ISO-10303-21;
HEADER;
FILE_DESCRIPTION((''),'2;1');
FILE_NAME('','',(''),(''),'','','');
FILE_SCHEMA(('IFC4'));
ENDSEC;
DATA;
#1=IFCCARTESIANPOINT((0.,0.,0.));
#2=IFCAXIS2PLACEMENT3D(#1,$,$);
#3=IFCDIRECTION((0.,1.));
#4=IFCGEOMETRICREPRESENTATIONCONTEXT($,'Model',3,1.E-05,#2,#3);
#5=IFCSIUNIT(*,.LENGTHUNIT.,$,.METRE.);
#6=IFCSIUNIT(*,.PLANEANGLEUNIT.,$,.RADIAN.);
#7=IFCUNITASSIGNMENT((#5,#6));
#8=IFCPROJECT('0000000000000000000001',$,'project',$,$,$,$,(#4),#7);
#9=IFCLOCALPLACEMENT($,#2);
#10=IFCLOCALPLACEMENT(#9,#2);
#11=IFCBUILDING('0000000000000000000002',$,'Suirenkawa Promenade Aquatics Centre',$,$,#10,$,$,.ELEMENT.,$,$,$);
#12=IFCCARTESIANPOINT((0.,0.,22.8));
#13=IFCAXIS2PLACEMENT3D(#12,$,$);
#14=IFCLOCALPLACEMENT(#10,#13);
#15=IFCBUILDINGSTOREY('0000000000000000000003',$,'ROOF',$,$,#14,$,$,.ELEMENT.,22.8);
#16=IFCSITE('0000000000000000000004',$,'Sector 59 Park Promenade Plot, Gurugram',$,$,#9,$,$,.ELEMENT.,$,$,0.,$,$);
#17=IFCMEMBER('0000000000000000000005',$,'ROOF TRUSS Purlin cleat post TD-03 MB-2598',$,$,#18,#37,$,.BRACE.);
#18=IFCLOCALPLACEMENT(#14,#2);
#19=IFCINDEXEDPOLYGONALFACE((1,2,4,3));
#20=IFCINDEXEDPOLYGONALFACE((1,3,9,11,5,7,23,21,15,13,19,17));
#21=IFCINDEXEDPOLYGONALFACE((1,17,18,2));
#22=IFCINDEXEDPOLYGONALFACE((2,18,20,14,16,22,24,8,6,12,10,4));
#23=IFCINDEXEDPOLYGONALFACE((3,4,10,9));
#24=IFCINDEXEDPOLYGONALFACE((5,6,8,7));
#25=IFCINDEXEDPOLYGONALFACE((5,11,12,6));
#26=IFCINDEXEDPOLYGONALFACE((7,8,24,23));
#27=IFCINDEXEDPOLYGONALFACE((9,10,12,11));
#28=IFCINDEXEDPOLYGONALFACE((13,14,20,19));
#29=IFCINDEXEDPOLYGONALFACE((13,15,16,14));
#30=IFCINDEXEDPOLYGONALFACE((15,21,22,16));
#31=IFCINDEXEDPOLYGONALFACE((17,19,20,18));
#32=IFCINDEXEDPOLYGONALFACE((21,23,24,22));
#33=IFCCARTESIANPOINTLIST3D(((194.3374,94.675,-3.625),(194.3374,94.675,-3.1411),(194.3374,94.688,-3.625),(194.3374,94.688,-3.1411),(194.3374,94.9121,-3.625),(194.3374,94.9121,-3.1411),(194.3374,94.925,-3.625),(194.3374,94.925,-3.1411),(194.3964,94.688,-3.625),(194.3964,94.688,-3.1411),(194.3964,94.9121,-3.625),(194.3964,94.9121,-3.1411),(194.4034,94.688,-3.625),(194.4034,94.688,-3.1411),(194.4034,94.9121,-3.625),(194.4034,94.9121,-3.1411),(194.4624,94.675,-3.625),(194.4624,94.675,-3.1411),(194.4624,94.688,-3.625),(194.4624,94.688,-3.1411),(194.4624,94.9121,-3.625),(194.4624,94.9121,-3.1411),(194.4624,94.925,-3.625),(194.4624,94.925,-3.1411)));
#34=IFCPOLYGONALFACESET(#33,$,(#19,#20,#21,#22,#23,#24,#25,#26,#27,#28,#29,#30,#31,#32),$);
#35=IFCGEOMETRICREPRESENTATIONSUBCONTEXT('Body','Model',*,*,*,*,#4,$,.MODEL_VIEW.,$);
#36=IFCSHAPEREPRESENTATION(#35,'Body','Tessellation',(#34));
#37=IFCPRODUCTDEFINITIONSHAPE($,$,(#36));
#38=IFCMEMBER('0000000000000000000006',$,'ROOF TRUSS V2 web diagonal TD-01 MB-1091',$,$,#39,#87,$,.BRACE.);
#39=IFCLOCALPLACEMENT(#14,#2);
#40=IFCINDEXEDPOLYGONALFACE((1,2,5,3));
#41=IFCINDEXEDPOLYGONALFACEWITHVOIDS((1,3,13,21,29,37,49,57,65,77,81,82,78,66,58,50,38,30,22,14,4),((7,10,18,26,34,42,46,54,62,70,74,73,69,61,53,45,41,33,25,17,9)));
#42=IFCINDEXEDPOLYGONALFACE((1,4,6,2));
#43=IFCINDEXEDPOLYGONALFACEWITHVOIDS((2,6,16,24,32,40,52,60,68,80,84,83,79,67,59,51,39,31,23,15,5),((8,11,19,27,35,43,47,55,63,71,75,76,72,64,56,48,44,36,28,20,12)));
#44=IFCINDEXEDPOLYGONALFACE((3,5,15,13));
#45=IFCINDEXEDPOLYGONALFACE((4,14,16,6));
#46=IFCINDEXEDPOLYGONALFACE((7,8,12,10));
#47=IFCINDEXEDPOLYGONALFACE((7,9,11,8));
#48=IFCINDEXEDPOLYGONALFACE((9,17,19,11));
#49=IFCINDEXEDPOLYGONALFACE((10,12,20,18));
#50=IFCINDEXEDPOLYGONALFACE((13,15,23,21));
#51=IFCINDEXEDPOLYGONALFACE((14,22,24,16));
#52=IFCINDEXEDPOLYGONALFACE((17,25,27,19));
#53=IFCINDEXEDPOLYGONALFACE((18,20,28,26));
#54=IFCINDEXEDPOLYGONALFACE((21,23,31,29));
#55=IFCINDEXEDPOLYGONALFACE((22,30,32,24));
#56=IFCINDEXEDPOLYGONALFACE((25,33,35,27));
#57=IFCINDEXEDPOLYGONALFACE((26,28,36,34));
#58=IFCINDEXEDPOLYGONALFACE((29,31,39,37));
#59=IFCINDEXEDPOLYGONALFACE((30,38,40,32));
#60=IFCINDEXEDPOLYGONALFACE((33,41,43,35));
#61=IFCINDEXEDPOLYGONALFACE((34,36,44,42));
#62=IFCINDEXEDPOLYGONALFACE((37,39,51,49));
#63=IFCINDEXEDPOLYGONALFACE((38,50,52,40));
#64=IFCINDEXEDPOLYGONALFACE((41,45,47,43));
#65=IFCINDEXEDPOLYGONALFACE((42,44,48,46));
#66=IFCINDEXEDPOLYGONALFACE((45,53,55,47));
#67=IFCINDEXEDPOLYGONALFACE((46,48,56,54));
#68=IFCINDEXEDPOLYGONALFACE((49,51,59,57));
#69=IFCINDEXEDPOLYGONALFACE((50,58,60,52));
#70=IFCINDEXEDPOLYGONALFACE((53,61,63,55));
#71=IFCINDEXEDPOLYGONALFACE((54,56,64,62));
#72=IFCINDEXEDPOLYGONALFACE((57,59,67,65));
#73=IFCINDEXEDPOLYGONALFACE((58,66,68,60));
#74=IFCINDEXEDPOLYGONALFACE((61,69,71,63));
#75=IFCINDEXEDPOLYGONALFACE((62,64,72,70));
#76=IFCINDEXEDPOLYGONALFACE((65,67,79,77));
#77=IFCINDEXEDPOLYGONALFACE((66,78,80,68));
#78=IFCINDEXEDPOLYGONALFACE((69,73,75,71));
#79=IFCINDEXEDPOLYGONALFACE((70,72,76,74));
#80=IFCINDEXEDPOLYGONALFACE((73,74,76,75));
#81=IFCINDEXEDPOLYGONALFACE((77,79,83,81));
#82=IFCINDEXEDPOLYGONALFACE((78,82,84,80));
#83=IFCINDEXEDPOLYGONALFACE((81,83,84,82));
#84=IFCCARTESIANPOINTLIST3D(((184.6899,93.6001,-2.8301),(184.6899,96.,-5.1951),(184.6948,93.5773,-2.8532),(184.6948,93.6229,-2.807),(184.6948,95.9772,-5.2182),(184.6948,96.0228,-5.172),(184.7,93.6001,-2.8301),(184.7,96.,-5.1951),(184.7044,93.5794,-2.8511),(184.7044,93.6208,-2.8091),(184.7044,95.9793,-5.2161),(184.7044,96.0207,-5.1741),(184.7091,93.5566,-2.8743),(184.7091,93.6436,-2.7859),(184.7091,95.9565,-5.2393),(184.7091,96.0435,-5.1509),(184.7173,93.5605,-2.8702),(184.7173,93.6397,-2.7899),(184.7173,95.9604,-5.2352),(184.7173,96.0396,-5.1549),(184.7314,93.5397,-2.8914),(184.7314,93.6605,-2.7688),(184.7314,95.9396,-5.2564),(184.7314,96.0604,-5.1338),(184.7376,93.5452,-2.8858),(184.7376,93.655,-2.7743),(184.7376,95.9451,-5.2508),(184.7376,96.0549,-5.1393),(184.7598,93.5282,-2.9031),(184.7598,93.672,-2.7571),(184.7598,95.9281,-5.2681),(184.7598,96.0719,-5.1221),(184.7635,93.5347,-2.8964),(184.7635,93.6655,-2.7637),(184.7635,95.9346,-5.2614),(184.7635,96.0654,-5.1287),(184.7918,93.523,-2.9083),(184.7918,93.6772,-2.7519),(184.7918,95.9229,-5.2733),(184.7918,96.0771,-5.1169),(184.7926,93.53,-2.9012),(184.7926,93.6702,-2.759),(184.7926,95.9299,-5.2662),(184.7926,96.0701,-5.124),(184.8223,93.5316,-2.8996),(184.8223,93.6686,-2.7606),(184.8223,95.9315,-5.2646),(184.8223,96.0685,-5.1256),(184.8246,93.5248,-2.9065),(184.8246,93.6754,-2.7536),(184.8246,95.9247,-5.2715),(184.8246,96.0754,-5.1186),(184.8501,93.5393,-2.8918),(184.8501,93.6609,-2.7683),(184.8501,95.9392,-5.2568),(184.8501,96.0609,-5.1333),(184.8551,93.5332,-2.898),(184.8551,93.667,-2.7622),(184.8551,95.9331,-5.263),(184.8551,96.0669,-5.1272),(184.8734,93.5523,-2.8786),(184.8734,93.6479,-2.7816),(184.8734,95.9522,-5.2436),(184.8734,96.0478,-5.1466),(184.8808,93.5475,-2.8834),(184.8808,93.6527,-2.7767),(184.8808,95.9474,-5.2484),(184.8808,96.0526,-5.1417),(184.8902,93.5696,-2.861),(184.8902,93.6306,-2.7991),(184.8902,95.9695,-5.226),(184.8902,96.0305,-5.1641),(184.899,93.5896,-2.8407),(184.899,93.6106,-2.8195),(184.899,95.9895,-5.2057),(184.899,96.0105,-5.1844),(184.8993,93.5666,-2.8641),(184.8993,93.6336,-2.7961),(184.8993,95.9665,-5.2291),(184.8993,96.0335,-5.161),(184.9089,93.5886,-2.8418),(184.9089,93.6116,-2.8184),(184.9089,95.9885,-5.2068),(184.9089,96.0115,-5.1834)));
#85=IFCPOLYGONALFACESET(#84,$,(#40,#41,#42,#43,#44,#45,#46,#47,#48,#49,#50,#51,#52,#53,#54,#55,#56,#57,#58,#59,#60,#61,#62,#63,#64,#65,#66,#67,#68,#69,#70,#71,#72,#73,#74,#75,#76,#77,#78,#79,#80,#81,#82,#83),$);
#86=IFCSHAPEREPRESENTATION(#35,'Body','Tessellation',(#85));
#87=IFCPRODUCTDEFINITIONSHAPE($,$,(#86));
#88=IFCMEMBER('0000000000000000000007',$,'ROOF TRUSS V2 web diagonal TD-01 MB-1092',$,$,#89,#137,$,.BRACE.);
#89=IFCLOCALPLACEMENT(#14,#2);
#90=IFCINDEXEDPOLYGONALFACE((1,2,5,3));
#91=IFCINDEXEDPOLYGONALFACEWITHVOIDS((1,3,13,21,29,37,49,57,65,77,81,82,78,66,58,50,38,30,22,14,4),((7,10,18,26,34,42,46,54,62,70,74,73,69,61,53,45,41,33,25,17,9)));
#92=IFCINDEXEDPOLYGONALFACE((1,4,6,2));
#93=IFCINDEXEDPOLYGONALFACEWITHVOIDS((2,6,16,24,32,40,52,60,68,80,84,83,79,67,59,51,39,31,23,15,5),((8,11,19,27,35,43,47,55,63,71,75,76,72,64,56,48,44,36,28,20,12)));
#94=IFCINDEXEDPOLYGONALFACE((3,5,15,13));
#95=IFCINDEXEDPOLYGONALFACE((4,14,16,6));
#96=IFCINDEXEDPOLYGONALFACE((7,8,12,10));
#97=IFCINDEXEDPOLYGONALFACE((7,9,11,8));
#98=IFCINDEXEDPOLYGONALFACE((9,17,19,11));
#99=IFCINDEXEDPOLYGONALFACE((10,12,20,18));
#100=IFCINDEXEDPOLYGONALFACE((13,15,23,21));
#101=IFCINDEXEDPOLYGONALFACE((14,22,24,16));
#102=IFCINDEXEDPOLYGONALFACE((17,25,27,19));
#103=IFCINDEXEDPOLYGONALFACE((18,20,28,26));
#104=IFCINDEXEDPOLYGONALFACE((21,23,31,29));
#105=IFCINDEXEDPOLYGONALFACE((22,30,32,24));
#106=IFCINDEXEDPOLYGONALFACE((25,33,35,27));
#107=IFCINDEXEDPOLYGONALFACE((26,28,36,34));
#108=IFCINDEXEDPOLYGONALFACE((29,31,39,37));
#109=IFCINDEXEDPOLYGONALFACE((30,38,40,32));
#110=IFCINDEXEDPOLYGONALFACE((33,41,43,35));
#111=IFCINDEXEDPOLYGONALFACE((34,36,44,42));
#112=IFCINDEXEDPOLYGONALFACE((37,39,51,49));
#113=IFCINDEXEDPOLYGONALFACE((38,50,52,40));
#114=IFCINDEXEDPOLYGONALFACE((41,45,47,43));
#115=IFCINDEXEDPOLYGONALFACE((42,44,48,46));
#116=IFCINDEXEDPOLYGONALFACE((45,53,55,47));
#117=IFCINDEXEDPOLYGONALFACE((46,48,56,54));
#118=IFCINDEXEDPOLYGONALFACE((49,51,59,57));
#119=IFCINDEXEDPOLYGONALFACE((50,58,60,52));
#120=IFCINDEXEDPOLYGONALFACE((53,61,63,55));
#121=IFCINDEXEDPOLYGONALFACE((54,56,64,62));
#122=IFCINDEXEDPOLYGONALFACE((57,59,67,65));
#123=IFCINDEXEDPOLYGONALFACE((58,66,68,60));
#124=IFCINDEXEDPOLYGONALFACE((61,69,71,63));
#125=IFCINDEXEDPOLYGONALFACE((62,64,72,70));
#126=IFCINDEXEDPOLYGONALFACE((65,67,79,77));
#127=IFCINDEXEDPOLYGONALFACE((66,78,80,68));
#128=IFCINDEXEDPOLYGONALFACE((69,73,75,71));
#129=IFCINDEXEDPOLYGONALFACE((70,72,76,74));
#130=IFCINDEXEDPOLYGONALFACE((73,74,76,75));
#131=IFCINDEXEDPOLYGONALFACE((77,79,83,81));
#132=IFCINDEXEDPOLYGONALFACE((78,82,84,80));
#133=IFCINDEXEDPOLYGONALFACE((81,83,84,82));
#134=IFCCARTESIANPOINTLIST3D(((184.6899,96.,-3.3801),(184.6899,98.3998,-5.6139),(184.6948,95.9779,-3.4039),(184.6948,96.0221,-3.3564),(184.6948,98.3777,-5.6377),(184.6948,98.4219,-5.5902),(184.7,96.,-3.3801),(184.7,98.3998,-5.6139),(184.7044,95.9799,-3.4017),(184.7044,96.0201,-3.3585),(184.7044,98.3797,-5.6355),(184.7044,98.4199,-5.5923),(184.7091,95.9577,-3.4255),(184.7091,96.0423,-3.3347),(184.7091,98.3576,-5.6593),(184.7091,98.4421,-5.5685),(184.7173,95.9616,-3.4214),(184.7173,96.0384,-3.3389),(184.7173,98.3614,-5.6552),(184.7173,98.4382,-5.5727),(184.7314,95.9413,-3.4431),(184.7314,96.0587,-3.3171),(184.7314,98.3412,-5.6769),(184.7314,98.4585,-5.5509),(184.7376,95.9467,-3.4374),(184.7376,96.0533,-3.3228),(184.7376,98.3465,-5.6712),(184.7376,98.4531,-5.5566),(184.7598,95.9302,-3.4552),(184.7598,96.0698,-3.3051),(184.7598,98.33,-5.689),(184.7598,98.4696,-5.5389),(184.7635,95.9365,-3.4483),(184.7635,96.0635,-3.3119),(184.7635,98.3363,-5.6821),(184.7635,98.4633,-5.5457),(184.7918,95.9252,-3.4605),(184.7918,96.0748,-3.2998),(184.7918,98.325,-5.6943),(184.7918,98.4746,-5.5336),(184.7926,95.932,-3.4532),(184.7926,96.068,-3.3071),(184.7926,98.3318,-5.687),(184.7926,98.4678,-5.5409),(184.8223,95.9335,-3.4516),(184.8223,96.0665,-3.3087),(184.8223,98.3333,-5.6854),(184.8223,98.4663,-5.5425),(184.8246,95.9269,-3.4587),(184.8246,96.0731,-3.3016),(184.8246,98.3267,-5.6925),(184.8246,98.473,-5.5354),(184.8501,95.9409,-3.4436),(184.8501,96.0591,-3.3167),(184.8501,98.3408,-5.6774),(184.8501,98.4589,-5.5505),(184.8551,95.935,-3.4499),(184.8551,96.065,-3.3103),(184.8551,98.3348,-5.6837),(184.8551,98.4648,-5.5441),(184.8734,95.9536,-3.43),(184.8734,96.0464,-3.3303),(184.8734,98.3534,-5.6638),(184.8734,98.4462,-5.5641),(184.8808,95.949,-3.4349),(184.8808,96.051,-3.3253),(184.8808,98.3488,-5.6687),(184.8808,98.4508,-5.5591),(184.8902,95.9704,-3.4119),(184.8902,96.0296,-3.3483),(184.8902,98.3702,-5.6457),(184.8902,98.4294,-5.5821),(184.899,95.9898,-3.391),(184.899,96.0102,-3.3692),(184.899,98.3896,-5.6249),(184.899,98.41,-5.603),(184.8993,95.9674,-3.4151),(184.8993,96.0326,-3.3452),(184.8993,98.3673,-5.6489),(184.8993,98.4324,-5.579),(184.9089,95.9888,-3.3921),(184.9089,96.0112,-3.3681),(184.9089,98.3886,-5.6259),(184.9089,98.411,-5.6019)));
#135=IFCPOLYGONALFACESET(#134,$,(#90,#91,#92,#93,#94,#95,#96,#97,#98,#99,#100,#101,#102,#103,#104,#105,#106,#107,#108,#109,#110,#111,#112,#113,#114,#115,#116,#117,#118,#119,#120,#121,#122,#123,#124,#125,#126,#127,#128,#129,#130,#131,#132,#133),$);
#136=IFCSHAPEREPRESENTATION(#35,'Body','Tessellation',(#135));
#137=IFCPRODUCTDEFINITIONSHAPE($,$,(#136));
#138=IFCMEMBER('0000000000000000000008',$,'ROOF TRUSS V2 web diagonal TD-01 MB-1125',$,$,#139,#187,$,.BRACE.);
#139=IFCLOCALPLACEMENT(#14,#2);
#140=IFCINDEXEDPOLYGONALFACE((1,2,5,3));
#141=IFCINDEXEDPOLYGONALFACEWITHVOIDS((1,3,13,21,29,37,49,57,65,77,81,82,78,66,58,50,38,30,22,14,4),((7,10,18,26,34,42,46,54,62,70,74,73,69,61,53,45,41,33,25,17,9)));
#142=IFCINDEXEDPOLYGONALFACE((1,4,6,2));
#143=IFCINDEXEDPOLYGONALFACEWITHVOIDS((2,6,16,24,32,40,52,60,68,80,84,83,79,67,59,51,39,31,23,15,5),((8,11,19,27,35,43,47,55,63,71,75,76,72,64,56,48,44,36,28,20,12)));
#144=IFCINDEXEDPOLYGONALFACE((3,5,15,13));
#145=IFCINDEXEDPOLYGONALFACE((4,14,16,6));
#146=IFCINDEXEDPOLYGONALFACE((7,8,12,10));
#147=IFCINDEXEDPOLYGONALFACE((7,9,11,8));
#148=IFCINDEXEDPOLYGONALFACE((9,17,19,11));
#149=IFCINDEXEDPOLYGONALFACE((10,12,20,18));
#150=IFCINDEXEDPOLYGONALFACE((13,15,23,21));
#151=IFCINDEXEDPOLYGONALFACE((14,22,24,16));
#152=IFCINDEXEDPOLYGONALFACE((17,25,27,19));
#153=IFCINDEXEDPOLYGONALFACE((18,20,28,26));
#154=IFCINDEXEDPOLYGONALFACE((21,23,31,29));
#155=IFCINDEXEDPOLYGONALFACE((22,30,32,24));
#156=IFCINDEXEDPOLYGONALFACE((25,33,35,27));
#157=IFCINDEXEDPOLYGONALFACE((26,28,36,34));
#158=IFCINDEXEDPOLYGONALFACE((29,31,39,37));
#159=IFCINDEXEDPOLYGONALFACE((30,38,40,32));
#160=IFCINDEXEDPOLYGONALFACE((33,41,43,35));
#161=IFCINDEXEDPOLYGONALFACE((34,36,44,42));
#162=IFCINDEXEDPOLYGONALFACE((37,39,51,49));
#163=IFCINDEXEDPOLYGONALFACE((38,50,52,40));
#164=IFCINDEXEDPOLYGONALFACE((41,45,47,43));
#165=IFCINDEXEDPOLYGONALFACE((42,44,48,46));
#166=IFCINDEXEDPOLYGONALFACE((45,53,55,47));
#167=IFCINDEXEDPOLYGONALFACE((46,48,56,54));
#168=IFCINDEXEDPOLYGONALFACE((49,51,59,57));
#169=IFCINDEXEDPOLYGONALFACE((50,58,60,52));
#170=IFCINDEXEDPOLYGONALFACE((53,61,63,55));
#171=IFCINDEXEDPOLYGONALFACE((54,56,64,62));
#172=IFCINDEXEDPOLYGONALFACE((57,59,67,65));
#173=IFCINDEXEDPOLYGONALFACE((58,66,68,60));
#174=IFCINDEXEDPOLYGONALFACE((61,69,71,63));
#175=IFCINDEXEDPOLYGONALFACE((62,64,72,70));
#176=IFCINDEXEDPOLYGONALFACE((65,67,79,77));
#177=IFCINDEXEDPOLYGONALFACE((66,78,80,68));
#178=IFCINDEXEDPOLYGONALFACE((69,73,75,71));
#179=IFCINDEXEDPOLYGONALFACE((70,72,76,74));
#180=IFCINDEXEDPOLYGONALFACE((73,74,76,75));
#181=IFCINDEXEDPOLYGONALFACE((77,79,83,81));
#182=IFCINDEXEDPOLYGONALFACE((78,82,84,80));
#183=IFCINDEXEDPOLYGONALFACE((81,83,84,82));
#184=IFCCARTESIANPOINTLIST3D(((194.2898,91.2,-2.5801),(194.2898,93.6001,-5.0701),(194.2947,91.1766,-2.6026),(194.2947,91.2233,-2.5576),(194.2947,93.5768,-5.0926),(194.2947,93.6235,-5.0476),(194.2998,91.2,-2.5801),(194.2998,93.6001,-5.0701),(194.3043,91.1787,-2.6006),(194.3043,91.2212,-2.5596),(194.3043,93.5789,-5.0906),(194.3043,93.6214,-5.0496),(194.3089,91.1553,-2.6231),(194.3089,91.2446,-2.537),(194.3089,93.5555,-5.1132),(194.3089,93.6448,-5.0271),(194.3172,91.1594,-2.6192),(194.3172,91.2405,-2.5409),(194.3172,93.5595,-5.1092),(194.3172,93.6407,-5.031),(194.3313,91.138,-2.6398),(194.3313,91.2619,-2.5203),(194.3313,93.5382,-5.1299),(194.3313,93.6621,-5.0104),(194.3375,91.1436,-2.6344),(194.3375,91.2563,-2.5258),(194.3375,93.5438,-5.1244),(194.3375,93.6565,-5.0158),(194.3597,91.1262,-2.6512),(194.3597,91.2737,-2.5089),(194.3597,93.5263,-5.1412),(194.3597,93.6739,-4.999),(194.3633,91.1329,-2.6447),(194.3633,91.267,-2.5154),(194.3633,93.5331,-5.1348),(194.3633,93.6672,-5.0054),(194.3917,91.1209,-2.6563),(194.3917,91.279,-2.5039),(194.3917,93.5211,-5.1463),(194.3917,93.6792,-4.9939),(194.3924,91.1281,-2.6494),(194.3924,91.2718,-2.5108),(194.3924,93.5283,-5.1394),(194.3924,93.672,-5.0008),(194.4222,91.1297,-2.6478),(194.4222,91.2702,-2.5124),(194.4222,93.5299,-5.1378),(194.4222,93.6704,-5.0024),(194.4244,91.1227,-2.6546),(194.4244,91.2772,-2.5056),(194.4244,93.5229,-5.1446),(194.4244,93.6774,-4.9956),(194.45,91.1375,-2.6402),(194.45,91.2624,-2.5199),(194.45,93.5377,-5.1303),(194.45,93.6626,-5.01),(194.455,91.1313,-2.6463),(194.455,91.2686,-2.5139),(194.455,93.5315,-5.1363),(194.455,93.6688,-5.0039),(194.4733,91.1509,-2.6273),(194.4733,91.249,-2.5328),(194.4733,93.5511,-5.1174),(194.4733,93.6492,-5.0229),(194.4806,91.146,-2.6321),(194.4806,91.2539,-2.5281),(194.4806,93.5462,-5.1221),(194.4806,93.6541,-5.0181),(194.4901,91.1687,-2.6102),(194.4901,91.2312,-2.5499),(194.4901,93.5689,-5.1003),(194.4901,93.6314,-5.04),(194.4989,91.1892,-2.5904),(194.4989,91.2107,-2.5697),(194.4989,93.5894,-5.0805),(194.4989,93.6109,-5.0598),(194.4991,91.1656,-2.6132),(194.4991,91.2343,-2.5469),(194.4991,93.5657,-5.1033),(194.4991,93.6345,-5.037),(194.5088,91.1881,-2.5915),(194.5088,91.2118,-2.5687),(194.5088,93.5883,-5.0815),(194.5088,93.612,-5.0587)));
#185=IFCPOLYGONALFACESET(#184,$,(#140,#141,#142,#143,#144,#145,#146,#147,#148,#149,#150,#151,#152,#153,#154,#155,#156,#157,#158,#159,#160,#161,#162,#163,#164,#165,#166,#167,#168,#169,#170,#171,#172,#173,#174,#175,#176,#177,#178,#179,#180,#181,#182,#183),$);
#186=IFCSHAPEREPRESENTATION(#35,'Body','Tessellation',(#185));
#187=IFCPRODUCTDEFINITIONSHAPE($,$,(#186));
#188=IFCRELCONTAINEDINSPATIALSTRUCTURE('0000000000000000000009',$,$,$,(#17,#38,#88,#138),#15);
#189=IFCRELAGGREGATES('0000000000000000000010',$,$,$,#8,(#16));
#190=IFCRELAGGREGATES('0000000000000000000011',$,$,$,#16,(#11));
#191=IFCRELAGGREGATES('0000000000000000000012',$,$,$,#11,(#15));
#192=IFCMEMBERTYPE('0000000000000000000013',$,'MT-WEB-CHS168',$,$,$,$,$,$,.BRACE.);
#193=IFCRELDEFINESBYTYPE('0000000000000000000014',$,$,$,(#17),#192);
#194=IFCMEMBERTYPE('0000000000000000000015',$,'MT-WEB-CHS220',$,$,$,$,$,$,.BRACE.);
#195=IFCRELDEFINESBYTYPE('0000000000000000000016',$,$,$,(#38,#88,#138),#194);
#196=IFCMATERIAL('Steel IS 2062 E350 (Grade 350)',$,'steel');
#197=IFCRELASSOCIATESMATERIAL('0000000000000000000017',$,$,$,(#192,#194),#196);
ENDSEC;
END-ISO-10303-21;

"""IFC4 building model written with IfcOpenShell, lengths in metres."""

from ifc_helpers import new_model, si_unit, direction, frame, origin, origin_2d, place, context, subcontext, project, spatial, hollow_circle, i_section, extrude, material, material_profile, profile_set, type_object, element, save


model = new_model("IFC4")

# Units and contexts
model_context = context("Model", 3, precision=1e-05, world=origin(), true_north=direction((0.0, 1.0)))
body_context = subcontext(model_context, "Body", "Model", "MODEL_VIEW")
ifc_project = project(units=[si_unit("LENGTHUNIT", "METRE"), si_unit("PLANEANGLEUNIT", "RADIAN")], contexts=[model_context])

# Site, building, storey
site_placement = place(None, origin())
site = spatial("IfcSite", under=ifc_project, at=site_placement, Name="Sector 59 Park Promenade Plot, Gurugram", CompositionType="ELEMENT", RefElevation=0.0)
building_placement = place(site_placement, origin())
building = spatial("IfcBuilding", under=site, at=building_placement, Name="Suirenkawa Promenade Aquatics Centre", CompositionType="ELEMENT")
storey_placement = place(building_placement, frame((0.0, 0.0, 22.8)))
storey = spatial("IfcBuildingStorey", under=building, at=storey_placement, Name="ROOF", CompositionType="ELEMENT", Elevation=22.8)

# Shared definitions
ifc_material = material(Name="Steel IS 2062 E350 (Grade 350)", Category="steel")

# Members
ifc_material_profile_1 = material_profile(ifc_material, i_section(OverallWidth=0.125, OverallDepth=0.25, WebThickness=0.0071, FlangeThickness=0.0129, at=origin_2d()), Name="ISMB 250", Category="steel")
ifc_profile_set_1 = profile_set([ifc_material_profile_1], Name="Steel IS 2062 E350 (Grade 350)")
member_type_1 = type_object("IfcMemberType", Name="MT-WEB-CHS168", PredefinedType="BRACE", material=ifc_profile_set_1)
member_1_placement = place(storey_placement, frame((194.3999, 94.8, -3.625), z_axis=(0.0, 0.0, 1.0), x_axis=(1.0, 0.0, 0.0)))
element("IfcMember", 1, at=member_1_placement, inside=storey, type_object=member_type_1, Name="ROOF TRUSS Purlin cleat post TD-03 MB-2598", PredefinedType="BRACE", context=body_context, shape_type="SweptSolid", body=[
    extrude(i_section(OverallWidth=0.125, OverallDepth=0.25, WebThickness=0.0071, FlangeThickness=0.0129, at=origin_2d()), origin(), (0.0, 0.0, 1.0), 0.4839),
])
ifc_material_profile_2 = material_profile(ifc_material, hollow_circle(Radius=0.1101, WallThickness=0.01, at=origin_2d()), Name="CHS 220x10", Category="steel")
ifc_profile_set_2 = profile_set([ifc_material_profile_2], Name="Steel IS 2062 E350 (Grade 350)")
member_type_2 = type_object("IfcMemberType", Name="MT-WEB-CHS220", PredefinedType="BRACE", material=ifc_profile_set_2)
member_2_placement = place(storey_placement, frame((184.8, 93.6001, -2.8301), z_axis=(0.0, 0.712269, -0.701907), x_axis=(-1.0, 0.0, 0.0)))
element("IfcMember", 2, at=member_2_placement, inside=storey, type_object=member_type_2, Name="ROOF TRUSS V2 web diagonal TD-01 MB-1091", PredefinedType="BRACE", context=body_context, shape_type="SweptSolid", body=[
    extrude(hollow_circle(Radius=0.1101, WallThickness=0.01, at=origin_2d()), origin(), (0.0, 0.0, 1.0), 3.3694),
])
member_3_placement = place(storey_placement, frame((184.8, 96.0, -3.3801), z_axis=(0.0, 0.731971, -0.681336), x_axis=(-1.0, 0.0, 0.0)))
element("IfcMember", 3, at=member_3_placement, inside=storey, type_object=member_type_2, Name="ROOF TRUSS V2 web diagonal TD-01 MB-1092", PredefinedType="BRACE", context=body_context, shape_type="SweptSolid", body=[
    extrude(hollow_circle(Radius=0.1101, WallThickness=0.01, at=origin_2d()), origin(), (0.0, 0.0, 1.0), 3.2786),
])
member_4_placement = place(storey_placement, frame((194.3999, 91.2, -2.5801), z_axis=(0.0, 0.693998, -0.719977), x_axis=(-1.0, 0.0, 0.0)))
element("IfcMember", 4, at=member_4_placement, inside=storey, type_object=member_type_2, Name="ROOF TRUSS V2 web diagonal TD-01 MB-1125", PredefinedType="BRACE", context=body_context, shape_type="SweptSolid", body=[
    extrude(hollow_circle(Radius=0.1101, WallThickness=0.01, at=origin_2d()), origin(), (0.0, 0.0, 1.0), 3.4585),
])

save(model, "model.ifc")
